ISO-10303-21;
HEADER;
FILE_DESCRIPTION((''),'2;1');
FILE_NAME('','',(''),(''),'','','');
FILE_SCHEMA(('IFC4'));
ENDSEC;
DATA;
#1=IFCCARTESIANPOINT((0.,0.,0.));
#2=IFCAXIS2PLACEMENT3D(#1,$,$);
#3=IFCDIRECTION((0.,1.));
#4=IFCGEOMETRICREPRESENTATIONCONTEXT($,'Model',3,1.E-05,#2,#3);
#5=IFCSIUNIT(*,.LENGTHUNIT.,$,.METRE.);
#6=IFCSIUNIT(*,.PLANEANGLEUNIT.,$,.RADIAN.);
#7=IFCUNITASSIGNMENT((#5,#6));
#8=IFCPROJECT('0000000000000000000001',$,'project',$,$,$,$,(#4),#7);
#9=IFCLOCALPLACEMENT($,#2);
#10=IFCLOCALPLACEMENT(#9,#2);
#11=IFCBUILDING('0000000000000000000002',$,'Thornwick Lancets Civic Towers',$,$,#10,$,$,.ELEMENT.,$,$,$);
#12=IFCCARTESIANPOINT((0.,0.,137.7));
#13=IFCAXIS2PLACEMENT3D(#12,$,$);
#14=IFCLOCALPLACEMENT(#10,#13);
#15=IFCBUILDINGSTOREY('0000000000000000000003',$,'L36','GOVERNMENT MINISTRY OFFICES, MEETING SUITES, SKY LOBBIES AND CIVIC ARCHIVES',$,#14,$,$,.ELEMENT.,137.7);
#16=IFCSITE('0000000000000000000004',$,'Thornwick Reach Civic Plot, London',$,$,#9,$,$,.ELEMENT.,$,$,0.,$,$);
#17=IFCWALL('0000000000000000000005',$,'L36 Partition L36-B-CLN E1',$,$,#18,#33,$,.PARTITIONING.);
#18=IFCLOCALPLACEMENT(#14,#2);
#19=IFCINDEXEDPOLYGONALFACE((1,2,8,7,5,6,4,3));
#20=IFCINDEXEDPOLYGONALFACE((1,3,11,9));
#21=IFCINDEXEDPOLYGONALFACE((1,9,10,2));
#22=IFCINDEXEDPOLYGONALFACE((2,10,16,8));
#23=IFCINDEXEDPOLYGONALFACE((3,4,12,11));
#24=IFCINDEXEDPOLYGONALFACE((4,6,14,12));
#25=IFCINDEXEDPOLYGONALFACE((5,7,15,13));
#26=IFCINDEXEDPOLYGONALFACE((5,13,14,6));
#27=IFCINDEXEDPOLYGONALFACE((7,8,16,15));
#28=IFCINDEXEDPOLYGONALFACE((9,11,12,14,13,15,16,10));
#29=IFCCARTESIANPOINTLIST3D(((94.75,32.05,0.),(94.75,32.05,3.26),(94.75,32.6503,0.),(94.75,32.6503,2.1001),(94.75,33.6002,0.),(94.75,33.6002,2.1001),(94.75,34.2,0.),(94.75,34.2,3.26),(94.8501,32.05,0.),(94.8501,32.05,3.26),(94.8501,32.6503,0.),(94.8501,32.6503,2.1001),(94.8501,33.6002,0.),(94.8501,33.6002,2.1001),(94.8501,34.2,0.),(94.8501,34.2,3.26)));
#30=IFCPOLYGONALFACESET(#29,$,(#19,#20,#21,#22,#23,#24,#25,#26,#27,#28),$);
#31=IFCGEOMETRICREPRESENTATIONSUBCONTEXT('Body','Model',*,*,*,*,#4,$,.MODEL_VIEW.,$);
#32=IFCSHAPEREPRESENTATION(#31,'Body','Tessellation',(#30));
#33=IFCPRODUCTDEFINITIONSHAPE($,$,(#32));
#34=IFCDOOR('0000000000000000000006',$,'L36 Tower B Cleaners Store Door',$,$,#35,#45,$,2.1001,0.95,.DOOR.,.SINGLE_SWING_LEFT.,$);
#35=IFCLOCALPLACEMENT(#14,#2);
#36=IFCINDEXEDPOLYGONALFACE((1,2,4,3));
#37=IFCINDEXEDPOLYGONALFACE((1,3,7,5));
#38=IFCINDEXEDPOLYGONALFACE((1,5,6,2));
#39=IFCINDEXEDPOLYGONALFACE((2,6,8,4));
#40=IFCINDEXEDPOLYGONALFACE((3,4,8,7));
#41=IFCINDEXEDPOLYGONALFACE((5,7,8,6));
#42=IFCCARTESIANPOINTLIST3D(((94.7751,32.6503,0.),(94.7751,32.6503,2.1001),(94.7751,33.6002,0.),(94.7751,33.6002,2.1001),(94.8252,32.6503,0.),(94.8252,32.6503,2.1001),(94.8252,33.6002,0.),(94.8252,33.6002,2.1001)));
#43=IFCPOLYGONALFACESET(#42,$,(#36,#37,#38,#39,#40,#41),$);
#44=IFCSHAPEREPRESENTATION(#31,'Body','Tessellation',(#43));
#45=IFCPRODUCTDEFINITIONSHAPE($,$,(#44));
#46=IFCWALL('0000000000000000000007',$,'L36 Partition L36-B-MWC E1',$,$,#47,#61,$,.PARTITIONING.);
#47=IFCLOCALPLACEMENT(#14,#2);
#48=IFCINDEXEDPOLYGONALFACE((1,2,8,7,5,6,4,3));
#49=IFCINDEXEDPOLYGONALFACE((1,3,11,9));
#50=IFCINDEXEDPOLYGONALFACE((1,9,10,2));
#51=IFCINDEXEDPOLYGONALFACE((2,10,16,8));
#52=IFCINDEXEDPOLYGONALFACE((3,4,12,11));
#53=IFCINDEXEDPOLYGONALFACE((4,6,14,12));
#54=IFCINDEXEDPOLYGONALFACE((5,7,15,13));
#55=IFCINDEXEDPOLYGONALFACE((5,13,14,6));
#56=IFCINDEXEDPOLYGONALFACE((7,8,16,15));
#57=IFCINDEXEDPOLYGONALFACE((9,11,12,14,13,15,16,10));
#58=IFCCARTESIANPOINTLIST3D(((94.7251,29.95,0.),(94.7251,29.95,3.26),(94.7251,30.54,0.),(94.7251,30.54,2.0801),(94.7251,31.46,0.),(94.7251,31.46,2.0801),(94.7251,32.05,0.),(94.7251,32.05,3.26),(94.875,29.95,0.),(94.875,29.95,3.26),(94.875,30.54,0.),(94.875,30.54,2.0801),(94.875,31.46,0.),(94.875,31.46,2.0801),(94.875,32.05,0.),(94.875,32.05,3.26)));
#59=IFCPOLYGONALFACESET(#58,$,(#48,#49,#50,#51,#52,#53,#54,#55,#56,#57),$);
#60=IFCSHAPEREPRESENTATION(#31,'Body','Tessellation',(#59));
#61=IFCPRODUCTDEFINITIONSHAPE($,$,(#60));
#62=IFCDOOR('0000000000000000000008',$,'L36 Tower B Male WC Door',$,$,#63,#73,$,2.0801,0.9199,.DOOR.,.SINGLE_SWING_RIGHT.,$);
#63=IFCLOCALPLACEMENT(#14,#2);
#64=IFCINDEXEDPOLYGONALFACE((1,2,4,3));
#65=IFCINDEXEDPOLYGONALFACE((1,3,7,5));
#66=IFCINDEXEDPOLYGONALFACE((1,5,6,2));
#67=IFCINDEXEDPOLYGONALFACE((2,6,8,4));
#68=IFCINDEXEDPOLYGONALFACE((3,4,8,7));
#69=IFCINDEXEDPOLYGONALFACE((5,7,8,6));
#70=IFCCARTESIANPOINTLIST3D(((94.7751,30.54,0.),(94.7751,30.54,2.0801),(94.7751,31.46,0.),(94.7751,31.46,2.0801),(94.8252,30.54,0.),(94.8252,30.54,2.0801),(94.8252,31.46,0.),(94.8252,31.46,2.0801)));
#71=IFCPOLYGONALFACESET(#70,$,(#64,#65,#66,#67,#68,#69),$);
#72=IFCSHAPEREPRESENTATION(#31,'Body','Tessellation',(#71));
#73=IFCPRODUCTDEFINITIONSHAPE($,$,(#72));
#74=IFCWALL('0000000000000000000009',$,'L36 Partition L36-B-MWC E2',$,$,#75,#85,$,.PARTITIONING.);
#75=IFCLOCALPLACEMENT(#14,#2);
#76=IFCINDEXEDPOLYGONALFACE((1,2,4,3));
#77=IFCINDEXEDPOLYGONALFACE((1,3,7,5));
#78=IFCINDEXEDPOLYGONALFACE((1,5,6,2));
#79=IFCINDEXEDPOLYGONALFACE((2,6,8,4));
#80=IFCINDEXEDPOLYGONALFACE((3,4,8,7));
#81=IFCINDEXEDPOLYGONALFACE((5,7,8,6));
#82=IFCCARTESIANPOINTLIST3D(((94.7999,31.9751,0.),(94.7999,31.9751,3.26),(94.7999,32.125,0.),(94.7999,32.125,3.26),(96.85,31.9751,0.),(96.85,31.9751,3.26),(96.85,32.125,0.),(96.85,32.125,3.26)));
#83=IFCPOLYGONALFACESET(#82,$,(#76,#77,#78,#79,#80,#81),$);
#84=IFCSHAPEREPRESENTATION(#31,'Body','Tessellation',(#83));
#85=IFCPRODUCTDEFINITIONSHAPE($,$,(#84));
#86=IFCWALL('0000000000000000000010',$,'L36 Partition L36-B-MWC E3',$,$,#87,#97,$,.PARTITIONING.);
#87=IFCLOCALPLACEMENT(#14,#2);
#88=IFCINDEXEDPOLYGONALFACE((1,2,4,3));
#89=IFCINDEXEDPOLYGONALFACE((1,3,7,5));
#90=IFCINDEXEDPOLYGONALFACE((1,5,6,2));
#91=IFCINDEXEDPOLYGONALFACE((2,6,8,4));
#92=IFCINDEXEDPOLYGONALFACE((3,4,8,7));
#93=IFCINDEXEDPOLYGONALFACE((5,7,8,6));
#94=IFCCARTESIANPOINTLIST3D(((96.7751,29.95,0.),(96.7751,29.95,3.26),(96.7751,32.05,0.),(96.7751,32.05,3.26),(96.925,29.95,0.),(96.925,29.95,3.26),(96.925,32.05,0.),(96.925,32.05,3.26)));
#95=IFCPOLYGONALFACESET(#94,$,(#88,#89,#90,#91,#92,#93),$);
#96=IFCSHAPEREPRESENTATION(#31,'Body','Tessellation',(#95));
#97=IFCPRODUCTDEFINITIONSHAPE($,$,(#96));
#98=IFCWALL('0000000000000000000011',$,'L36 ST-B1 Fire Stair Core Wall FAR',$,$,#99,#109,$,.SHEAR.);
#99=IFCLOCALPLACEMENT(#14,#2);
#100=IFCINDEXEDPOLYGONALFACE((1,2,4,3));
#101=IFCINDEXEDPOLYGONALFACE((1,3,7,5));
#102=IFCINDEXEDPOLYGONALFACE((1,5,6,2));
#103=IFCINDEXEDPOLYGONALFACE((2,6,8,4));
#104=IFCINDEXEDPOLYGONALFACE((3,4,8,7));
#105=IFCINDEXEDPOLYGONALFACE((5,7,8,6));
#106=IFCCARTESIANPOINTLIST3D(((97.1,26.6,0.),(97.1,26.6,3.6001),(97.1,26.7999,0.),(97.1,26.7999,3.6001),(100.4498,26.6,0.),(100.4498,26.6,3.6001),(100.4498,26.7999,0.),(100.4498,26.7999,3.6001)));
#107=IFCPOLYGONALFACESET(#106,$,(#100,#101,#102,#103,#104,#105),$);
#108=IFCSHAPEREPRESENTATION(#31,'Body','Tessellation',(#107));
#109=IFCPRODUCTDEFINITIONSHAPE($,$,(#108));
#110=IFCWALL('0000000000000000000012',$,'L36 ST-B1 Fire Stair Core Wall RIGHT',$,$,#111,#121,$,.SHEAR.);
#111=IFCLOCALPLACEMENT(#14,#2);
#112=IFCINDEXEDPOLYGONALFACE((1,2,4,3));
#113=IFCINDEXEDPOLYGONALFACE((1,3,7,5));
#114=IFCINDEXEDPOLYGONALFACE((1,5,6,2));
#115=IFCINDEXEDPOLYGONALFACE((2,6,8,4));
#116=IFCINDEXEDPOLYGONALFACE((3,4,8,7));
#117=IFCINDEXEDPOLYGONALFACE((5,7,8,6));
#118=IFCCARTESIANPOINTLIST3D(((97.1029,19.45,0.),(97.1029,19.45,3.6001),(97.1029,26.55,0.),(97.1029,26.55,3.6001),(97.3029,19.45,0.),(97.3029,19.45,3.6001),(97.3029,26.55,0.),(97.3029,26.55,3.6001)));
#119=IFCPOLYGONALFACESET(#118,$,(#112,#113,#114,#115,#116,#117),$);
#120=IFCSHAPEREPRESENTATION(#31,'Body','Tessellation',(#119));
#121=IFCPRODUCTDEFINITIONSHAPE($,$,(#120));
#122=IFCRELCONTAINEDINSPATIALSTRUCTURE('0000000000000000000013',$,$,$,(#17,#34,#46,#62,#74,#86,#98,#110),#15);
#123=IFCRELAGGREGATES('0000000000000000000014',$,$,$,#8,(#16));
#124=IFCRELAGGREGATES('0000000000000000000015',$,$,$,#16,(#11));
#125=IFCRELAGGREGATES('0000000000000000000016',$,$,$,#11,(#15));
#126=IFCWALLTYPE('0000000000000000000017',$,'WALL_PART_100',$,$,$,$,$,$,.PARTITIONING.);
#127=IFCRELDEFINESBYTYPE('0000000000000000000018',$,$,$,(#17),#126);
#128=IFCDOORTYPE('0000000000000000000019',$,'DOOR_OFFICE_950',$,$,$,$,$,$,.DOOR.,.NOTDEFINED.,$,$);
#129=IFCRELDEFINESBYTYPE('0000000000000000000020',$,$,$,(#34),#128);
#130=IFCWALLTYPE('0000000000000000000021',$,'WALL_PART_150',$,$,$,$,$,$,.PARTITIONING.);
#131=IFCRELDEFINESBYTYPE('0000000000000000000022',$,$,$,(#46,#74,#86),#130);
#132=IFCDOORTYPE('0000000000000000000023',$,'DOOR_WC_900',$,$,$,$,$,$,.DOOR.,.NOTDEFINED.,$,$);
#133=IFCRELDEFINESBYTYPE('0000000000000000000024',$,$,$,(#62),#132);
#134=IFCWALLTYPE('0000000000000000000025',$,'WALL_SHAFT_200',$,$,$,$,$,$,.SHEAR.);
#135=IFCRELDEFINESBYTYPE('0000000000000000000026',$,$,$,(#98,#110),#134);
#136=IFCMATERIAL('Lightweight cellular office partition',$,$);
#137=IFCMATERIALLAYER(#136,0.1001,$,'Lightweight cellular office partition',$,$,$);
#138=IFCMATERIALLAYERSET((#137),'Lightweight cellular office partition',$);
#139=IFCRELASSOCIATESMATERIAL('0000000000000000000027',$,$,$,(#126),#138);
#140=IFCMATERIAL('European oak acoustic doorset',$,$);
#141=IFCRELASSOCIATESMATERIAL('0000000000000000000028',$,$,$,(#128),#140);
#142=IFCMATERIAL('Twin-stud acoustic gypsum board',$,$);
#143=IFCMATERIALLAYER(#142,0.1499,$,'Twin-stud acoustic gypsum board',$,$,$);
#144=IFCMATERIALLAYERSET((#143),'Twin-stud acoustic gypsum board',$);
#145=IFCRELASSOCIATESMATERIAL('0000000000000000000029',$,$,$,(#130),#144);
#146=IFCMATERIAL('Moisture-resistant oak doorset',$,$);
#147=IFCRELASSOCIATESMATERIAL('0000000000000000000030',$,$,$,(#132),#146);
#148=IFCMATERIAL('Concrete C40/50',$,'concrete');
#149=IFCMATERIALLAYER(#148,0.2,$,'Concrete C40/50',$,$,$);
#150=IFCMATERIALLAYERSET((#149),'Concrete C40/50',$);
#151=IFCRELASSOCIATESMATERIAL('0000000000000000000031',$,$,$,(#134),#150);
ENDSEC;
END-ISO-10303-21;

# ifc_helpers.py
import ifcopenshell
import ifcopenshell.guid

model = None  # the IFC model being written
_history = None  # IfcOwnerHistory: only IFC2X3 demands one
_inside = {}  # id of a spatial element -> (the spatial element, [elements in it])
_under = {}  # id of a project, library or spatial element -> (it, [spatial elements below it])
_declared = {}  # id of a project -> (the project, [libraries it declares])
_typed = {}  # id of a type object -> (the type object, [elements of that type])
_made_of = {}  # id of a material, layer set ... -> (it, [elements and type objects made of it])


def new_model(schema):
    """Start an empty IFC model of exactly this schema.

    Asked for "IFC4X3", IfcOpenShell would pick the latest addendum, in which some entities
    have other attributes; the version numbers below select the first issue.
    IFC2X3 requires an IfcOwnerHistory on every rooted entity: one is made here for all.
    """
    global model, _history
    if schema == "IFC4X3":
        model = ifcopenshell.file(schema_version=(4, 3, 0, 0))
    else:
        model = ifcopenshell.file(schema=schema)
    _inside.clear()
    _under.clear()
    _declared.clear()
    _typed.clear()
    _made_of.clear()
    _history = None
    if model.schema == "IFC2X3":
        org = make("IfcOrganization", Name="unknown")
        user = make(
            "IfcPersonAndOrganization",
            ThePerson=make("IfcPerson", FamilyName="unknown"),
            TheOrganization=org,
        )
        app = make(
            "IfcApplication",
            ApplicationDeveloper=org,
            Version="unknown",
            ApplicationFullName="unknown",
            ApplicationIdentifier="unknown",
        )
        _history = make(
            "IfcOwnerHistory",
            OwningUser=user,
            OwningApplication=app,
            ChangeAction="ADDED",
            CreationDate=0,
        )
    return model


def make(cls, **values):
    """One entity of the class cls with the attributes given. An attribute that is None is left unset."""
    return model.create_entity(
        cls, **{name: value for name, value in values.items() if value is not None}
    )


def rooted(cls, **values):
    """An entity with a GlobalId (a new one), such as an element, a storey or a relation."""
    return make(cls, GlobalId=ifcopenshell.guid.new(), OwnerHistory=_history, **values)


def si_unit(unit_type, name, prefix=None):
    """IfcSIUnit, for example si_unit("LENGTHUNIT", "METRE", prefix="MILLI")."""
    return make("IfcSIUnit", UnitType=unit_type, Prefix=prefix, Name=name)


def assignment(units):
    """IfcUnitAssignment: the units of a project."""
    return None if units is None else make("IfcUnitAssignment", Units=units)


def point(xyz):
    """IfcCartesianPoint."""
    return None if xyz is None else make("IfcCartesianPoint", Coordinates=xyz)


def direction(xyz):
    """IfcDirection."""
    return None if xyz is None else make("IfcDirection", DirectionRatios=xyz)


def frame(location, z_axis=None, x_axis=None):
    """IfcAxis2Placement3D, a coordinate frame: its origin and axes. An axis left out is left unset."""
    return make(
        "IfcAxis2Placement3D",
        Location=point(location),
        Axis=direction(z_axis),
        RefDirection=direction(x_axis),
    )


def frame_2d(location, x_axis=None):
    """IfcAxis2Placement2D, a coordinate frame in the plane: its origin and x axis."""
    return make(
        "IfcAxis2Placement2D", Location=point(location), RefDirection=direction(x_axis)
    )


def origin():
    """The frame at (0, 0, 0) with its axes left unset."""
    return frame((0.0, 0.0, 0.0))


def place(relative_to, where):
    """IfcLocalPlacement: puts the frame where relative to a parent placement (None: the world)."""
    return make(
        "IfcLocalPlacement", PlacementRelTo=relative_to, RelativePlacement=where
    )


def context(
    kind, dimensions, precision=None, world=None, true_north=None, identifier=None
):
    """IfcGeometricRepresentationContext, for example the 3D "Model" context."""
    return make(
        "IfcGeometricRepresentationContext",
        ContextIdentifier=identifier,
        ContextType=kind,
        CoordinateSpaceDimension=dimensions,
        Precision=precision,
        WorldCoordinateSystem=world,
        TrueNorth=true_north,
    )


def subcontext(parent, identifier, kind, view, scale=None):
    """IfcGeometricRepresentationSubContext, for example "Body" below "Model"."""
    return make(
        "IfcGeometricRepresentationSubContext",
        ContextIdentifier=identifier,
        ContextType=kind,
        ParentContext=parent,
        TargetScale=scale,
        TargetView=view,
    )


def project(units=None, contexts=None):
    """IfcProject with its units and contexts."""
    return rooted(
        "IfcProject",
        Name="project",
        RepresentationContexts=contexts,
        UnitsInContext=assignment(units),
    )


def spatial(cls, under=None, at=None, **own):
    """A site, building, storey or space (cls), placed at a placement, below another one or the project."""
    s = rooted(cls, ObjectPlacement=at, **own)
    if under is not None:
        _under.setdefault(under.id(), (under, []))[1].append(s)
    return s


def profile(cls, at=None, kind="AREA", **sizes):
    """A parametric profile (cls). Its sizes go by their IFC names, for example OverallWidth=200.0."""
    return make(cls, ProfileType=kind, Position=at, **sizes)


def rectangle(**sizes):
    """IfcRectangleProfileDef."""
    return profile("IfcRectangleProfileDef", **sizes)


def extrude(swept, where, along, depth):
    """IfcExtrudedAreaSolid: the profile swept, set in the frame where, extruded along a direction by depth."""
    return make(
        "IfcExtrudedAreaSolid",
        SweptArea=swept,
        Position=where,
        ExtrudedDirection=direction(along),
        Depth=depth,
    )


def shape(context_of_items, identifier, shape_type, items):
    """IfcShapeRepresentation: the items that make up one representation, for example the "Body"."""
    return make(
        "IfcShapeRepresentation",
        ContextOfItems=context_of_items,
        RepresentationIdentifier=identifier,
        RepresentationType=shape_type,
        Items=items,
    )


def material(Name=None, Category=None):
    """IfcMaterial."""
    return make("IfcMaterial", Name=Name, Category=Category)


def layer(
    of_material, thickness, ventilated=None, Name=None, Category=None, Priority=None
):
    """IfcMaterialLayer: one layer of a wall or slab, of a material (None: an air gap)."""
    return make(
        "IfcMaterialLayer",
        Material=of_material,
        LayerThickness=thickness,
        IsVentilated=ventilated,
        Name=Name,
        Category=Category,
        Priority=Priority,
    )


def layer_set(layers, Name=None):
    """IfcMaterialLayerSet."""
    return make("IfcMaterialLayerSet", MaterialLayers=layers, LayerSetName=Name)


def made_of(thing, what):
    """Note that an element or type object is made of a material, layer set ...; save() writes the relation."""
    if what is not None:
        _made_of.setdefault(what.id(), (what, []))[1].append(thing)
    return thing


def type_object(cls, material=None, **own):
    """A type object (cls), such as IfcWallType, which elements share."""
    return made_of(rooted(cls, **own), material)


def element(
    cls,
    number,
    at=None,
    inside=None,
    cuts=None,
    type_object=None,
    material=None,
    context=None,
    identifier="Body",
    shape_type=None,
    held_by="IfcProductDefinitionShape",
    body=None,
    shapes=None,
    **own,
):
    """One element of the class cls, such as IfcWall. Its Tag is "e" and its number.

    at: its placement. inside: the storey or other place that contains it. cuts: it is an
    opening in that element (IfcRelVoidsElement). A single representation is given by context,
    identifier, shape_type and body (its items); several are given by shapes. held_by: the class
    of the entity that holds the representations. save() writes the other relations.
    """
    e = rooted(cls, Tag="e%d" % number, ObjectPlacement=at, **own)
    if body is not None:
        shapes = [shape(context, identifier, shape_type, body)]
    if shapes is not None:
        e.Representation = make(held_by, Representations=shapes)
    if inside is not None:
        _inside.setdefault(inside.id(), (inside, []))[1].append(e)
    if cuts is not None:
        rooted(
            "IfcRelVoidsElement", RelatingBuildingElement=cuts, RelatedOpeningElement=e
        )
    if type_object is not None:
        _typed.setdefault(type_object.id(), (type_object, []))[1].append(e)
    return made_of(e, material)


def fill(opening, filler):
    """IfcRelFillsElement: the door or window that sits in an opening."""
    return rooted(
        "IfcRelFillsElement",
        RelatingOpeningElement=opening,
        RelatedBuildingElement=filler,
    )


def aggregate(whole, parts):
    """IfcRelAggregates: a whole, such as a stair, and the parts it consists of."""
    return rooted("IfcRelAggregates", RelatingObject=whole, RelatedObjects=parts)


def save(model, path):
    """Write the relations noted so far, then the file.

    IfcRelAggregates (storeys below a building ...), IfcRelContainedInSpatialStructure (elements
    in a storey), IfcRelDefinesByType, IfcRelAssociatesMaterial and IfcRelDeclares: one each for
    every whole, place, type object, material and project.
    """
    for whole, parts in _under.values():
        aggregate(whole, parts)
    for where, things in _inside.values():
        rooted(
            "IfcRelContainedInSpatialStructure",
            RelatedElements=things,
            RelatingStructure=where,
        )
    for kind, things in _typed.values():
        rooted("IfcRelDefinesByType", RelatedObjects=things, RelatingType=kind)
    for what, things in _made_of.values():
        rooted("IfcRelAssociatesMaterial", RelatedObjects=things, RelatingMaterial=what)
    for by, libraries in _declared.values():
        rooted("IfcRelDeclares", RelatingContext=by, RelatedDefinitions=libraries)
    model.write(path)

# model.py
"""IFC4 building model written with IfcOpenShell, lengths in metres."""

from ifc_helpers import new_model, si_unit, direction, frame, frame_2d, origin, place, context, subcontext, project, spatial, rectangle, extrude, material, layer, layer_set, type_object, element, fill, save


model = new_model("IFC4")

# Units and contexts
model_context = context("Model", 3, precision=1e-05, world=origin(), true_north=direction((0.0, 1.0)))
body_context = subcontext(model_context, "Body", "Model", "MODEL_VIEW")
ifc_project = project(units=[si_unit("LENGTHUNIT", "METRE"), si_unit("PLANEANGLEUNIT", "RADIAN")], contexts=[model_context])

# Site, building, storey
site_placement = place(None, origin())
site = spatial("IfcSite", under=ifc_project, at=site_placement, Name="Thornwick Reach Civic Plot, London", CompositionType="ELEMENT", RefElevation=0.0)
building_placement = place(site_placement, origin())
building = spatial("IfcBuilding", under=site, at=building_placement, Name="Thornwick Lancets Civic Towers", CompositionType="ELEMENT")
storey_placement = place(building_placement, frame((0.0, 0.0, 137.7)))
storey = spatial("IfcBuildingStorey", under=building, at=storey_placement, Name="L36", Description="GOVERNMENT MINISTRY OFFICES, MEETING SUITES, SKY LOBBIES AND CIVIC ARCHIVES", CompositionType="ELEMENT", Elevation=137.7)

# Walls, openings, doors
ifc_material_1 = material(Name="Lightweight cellular office partition")
ifc_layer_1 = layer(ifc_material_1, 0.1001, Name="Lightweight cellular office partition")
ifc_layer_set_1 = layer_set([ifc_layer_1], Name="Lightweight cellular office partition")
wall_type_1 = type_object("IfcWallType", Name="WALL_PART_100", PredefinedType="PARTITIONING", material=ifc_layer_set_1)
wall_1_placement = place(storey_placement, frame((94.8, 32.05, 0.0), z_axis=(0.0, 0.0, 1.0), x_axis=(0.0, 1.0, 0.0)))
wall_1 = element("IfcWall", 1, at=wall_1_placement, inside=storey, type_object=wall_type_1, Name="L36 Partition L36-B-CLN E1", PredefinedType="PARTITIONING", context=body_context, shape_type="SweptSolid", body=[
    extrude(rectangle(XDim=2.1499, YDim=0.1001, at=frame_2d((1.075, 0.0))), origin(), (0.0, 0.0, 1.0), 3.26),
])
opening_1_placement = place(wall_1_placement, frame((0.6001, 0.0, 0.0)))
opening_1 = element("IfcOpeningElement", 2, at=opening_1_placement, cuts=wall_1, PredefinedType="OPENING", context=body_context, shape_type="SweptSolid", body=[
    extrude(rectangle(XDim=0.95, YDim=2.1001, at=frame_2d((0.4751, 1.05))), frame((0.0, 0.0601, 0.0), z_axis=(0.0, -1.0, 0.0), x_axis=(1.0, 0.0, 0.0)), (0.0, 0.0, 1.0), 0.1201),
])
ifc_material_2 = material(Name="European oak acoustic doorset")
door_type_1 = type_object("IfcDoorType", Name="DOOR_OFFICE_950", OperationType="NOTDEFINED", PredefinedType="DOOR", material=ifc_material_2)
door_1_placement = place(opening_1_placement, origin())
door_1 = element("IfcDoor", 3, at=door_1_placement, inside=storey, type_object=door_type_1, Name="L36 Tower B Cleaners Store Door", OperationType="SINGLE_SWING_LEFT", OverallHeight=2.1001, OverallWidth=0.95, PredefinedType="DOOR", context=body_context, shape_type="SweptSolid", body=[
    extrude(rectangle(XDim=0.95, YDim=2.1001, at=frame_2d((0.4751, 1.05))), frame((0.0, 0.0249, 0.0), z_axis=(0.0, -1.0, 0.0), x_axis=(1.0, 0.0, 0.0)), (0.0, 0.0, 1.0), 0.05),
])
fill(opening_1, door_1)
ifc_material_3 = material(Name="Twin-stud acoustic gypsum board")
ifc_layer_2 = layer(ifc_material_3, 0.1499, Name="Twin-stud acoustic gypsum board")
ifc_layer_set_2 = layer_set([ifc_layer_2], Name="Twin-stud acoustic gypsum board")
wall_type_2 = type_object("IfcWallType", Name="WALL_PART_150", PredefinedType="PARTITIONING", material=ifc_layer_set_2)
wall_2_placement = place(storey_placement, frame((94.8, 29.95, 0.0), z_axis=(0.0, 0.0, 1.0), x_axis=(0.0, 1.0, 0.0)))
wall_2 = element("IfcWall", 4, at=wall_2_placement, inside=storey, type_object=wall_type_2, Name="L36 Partition L36-B-MWC E1", PredefinedType="PARTITIONING", context=body_context, shape_type="SweptSolid", body=[
    extrude(rectangle(XDim=2.1001, YDim=0.1499, at=frame_2d((1.05, 0.0))), origin(), (0.0, 0.0, 1.0), 3.26),
])
opening_2_placement = place(wall_2_placement, frame((0.5901, 0.0, 0.0)))
opening_2 = element("IfcOpeningElement", 5, at=opening_2_placement, cuts=wall_2, PredefinedType="OPENING", context=body_context, shape_type="SweptSolid", body=[
    extrude(rectangle(XDim=0.9199, YDim=2.0801, at=frame_2d((0.46, 1.04))), frame((0.0, 0.085, 0.0), z_axis=(0.0, -1.0, 0.0), x_axis=(1.0, 0.0, 0.0)), (0.0, 0.0, 1.0), 0.1699),
])
ifc_material_4 = material(Name="Moisture-resistant oak doorset")
door_type_2 = type_object("IfcDoorType", Name="DOOR_WC_900", OperationType="NOTDEFINED", PredefinedType="DOOR", material=ifc_material_4)
door_2_placement = place(opening_2_placement, origin())
door_2 = element("IfcDoor", 6, at=door_2_placement, inside=storey, type_object=door_type_2, Name="L36 Tower B Male WC Door", OperationType="SINGLE_SWING_RIGHT", OverallHeight=2.0801, OverallWidth=0.9199, PredefinedType="DOOR", context=body_context, shape_type="SweptSolid", body=[
    extrude(rectangle(XDim=0.9199, YDim=2.0801, at=frame_2d((0.46, 1.04))), frame((0.0, 0.0249, 0.0), z_axis=(0.0, -1.0, 0.0), x_axis=(1.0, 0.0, 0.0)), (0.0, 0.0, 1.0), 0.05),
])
fill(opening_2, door_2)

# Walls
wall_3_placement = place(storey_placement, frame((94.8, 32.05, 0.0), z_axis=(0.0, 0.0, 1.0), x_axis=(1.0, 0.0, 0.0)))
element("IfcWall", 7, at=wall_3_placement, inside=storey, type_object=wall_type_2, Name="L36 Partition L36-B-MWC E2", PredefinedType="PARTITIONING", context=body_context, shape_type="SweptSolid", body=[
    extrude(rectangle(XDim=2.05, YDim=0.1499, at=frame_2d((1.0249, 0.0))), origin(), (0.0, 0.0, 1.0), 3.26),
])
wall_4_placement = place(storey_placement, frame((96.8501, 32.05, 0.0), z_axis=(0.0, 0.0, 1.0), x_axis=(0.0, -1.0, 0.0)))
element("IfcWall", 8, at=wall_4_placement, inside=storey, type_object=wall_type_2, Name="L36 Partition L36-B-MWC E3", PredefinedType="PARTITIONING", context=body_context, shape_type="SweptSolid", body=[
    extrude(rectangle(XDim=2.1001, YDim=0.1499, at=frame_2d((1.05, 0.0))), origin(), (0.0, 0.0, 1.0), 3.26),
])
ifc_material_5 = material(Name="Concrete C40/50", Category="concrete")
ifc_layer_3 = layer(ifc_material_5, 0.2, Name="Concrete C40/50")
ifc_layer_set_3 = layer_set([ifc_layer_3], Name="Concrete C40/50")
wall_type_3 = type_object("IfcWallType", Name="WALL_SHAFT_200", PredefinedType="SHEAR", material=ifc_layer_set_3)
wall_5_placement = place(storey_placement, frame((97.1001, 26.7, 0.0), z_axis=(0.0, 0.0, 1.0), x_axis=(1.0, 0.0, 0.0)))
element("IfcWall", 9, at=wall_5_placement, inside=storey, type_object=wall_type_3, Name="L36 ST-B1 Fire Stair Core Wall FAR", PredefinedType="SHEAR", context=body_context, shape_type="SweptSolid", body=[
    extrude(rectangle(XDim=3.3499, YDim=0.2, at=frame_2d((1.6748, 0.0))), origin(), (0.0, 0.0, 1.0), 3.6001),
])
wall_6_placement = place(storey_placement, frame((97.2029, 26.55, 0.0), z_axis=(0.0, 0.0, 1.0), x_axis=(0.0, -1.0, 0.0)))
element("IfcWall", 10, at=wall_6_placement, inside=storey, type_object=wall_type_3, Name="L36 ST-B1 Fire Stair Core Wall RIGHT", PredefinedType="SHEAR", context=body_context, shape_type="SweptSolid", body=[
    extrude(rectangle(XDim=7.1001, YDim=0.2, at=frame_2d((3.55, 0.0))), origin(), (0.0, 0.0, 1.0), 3.6001),
])

save(model, "model.ifc")
